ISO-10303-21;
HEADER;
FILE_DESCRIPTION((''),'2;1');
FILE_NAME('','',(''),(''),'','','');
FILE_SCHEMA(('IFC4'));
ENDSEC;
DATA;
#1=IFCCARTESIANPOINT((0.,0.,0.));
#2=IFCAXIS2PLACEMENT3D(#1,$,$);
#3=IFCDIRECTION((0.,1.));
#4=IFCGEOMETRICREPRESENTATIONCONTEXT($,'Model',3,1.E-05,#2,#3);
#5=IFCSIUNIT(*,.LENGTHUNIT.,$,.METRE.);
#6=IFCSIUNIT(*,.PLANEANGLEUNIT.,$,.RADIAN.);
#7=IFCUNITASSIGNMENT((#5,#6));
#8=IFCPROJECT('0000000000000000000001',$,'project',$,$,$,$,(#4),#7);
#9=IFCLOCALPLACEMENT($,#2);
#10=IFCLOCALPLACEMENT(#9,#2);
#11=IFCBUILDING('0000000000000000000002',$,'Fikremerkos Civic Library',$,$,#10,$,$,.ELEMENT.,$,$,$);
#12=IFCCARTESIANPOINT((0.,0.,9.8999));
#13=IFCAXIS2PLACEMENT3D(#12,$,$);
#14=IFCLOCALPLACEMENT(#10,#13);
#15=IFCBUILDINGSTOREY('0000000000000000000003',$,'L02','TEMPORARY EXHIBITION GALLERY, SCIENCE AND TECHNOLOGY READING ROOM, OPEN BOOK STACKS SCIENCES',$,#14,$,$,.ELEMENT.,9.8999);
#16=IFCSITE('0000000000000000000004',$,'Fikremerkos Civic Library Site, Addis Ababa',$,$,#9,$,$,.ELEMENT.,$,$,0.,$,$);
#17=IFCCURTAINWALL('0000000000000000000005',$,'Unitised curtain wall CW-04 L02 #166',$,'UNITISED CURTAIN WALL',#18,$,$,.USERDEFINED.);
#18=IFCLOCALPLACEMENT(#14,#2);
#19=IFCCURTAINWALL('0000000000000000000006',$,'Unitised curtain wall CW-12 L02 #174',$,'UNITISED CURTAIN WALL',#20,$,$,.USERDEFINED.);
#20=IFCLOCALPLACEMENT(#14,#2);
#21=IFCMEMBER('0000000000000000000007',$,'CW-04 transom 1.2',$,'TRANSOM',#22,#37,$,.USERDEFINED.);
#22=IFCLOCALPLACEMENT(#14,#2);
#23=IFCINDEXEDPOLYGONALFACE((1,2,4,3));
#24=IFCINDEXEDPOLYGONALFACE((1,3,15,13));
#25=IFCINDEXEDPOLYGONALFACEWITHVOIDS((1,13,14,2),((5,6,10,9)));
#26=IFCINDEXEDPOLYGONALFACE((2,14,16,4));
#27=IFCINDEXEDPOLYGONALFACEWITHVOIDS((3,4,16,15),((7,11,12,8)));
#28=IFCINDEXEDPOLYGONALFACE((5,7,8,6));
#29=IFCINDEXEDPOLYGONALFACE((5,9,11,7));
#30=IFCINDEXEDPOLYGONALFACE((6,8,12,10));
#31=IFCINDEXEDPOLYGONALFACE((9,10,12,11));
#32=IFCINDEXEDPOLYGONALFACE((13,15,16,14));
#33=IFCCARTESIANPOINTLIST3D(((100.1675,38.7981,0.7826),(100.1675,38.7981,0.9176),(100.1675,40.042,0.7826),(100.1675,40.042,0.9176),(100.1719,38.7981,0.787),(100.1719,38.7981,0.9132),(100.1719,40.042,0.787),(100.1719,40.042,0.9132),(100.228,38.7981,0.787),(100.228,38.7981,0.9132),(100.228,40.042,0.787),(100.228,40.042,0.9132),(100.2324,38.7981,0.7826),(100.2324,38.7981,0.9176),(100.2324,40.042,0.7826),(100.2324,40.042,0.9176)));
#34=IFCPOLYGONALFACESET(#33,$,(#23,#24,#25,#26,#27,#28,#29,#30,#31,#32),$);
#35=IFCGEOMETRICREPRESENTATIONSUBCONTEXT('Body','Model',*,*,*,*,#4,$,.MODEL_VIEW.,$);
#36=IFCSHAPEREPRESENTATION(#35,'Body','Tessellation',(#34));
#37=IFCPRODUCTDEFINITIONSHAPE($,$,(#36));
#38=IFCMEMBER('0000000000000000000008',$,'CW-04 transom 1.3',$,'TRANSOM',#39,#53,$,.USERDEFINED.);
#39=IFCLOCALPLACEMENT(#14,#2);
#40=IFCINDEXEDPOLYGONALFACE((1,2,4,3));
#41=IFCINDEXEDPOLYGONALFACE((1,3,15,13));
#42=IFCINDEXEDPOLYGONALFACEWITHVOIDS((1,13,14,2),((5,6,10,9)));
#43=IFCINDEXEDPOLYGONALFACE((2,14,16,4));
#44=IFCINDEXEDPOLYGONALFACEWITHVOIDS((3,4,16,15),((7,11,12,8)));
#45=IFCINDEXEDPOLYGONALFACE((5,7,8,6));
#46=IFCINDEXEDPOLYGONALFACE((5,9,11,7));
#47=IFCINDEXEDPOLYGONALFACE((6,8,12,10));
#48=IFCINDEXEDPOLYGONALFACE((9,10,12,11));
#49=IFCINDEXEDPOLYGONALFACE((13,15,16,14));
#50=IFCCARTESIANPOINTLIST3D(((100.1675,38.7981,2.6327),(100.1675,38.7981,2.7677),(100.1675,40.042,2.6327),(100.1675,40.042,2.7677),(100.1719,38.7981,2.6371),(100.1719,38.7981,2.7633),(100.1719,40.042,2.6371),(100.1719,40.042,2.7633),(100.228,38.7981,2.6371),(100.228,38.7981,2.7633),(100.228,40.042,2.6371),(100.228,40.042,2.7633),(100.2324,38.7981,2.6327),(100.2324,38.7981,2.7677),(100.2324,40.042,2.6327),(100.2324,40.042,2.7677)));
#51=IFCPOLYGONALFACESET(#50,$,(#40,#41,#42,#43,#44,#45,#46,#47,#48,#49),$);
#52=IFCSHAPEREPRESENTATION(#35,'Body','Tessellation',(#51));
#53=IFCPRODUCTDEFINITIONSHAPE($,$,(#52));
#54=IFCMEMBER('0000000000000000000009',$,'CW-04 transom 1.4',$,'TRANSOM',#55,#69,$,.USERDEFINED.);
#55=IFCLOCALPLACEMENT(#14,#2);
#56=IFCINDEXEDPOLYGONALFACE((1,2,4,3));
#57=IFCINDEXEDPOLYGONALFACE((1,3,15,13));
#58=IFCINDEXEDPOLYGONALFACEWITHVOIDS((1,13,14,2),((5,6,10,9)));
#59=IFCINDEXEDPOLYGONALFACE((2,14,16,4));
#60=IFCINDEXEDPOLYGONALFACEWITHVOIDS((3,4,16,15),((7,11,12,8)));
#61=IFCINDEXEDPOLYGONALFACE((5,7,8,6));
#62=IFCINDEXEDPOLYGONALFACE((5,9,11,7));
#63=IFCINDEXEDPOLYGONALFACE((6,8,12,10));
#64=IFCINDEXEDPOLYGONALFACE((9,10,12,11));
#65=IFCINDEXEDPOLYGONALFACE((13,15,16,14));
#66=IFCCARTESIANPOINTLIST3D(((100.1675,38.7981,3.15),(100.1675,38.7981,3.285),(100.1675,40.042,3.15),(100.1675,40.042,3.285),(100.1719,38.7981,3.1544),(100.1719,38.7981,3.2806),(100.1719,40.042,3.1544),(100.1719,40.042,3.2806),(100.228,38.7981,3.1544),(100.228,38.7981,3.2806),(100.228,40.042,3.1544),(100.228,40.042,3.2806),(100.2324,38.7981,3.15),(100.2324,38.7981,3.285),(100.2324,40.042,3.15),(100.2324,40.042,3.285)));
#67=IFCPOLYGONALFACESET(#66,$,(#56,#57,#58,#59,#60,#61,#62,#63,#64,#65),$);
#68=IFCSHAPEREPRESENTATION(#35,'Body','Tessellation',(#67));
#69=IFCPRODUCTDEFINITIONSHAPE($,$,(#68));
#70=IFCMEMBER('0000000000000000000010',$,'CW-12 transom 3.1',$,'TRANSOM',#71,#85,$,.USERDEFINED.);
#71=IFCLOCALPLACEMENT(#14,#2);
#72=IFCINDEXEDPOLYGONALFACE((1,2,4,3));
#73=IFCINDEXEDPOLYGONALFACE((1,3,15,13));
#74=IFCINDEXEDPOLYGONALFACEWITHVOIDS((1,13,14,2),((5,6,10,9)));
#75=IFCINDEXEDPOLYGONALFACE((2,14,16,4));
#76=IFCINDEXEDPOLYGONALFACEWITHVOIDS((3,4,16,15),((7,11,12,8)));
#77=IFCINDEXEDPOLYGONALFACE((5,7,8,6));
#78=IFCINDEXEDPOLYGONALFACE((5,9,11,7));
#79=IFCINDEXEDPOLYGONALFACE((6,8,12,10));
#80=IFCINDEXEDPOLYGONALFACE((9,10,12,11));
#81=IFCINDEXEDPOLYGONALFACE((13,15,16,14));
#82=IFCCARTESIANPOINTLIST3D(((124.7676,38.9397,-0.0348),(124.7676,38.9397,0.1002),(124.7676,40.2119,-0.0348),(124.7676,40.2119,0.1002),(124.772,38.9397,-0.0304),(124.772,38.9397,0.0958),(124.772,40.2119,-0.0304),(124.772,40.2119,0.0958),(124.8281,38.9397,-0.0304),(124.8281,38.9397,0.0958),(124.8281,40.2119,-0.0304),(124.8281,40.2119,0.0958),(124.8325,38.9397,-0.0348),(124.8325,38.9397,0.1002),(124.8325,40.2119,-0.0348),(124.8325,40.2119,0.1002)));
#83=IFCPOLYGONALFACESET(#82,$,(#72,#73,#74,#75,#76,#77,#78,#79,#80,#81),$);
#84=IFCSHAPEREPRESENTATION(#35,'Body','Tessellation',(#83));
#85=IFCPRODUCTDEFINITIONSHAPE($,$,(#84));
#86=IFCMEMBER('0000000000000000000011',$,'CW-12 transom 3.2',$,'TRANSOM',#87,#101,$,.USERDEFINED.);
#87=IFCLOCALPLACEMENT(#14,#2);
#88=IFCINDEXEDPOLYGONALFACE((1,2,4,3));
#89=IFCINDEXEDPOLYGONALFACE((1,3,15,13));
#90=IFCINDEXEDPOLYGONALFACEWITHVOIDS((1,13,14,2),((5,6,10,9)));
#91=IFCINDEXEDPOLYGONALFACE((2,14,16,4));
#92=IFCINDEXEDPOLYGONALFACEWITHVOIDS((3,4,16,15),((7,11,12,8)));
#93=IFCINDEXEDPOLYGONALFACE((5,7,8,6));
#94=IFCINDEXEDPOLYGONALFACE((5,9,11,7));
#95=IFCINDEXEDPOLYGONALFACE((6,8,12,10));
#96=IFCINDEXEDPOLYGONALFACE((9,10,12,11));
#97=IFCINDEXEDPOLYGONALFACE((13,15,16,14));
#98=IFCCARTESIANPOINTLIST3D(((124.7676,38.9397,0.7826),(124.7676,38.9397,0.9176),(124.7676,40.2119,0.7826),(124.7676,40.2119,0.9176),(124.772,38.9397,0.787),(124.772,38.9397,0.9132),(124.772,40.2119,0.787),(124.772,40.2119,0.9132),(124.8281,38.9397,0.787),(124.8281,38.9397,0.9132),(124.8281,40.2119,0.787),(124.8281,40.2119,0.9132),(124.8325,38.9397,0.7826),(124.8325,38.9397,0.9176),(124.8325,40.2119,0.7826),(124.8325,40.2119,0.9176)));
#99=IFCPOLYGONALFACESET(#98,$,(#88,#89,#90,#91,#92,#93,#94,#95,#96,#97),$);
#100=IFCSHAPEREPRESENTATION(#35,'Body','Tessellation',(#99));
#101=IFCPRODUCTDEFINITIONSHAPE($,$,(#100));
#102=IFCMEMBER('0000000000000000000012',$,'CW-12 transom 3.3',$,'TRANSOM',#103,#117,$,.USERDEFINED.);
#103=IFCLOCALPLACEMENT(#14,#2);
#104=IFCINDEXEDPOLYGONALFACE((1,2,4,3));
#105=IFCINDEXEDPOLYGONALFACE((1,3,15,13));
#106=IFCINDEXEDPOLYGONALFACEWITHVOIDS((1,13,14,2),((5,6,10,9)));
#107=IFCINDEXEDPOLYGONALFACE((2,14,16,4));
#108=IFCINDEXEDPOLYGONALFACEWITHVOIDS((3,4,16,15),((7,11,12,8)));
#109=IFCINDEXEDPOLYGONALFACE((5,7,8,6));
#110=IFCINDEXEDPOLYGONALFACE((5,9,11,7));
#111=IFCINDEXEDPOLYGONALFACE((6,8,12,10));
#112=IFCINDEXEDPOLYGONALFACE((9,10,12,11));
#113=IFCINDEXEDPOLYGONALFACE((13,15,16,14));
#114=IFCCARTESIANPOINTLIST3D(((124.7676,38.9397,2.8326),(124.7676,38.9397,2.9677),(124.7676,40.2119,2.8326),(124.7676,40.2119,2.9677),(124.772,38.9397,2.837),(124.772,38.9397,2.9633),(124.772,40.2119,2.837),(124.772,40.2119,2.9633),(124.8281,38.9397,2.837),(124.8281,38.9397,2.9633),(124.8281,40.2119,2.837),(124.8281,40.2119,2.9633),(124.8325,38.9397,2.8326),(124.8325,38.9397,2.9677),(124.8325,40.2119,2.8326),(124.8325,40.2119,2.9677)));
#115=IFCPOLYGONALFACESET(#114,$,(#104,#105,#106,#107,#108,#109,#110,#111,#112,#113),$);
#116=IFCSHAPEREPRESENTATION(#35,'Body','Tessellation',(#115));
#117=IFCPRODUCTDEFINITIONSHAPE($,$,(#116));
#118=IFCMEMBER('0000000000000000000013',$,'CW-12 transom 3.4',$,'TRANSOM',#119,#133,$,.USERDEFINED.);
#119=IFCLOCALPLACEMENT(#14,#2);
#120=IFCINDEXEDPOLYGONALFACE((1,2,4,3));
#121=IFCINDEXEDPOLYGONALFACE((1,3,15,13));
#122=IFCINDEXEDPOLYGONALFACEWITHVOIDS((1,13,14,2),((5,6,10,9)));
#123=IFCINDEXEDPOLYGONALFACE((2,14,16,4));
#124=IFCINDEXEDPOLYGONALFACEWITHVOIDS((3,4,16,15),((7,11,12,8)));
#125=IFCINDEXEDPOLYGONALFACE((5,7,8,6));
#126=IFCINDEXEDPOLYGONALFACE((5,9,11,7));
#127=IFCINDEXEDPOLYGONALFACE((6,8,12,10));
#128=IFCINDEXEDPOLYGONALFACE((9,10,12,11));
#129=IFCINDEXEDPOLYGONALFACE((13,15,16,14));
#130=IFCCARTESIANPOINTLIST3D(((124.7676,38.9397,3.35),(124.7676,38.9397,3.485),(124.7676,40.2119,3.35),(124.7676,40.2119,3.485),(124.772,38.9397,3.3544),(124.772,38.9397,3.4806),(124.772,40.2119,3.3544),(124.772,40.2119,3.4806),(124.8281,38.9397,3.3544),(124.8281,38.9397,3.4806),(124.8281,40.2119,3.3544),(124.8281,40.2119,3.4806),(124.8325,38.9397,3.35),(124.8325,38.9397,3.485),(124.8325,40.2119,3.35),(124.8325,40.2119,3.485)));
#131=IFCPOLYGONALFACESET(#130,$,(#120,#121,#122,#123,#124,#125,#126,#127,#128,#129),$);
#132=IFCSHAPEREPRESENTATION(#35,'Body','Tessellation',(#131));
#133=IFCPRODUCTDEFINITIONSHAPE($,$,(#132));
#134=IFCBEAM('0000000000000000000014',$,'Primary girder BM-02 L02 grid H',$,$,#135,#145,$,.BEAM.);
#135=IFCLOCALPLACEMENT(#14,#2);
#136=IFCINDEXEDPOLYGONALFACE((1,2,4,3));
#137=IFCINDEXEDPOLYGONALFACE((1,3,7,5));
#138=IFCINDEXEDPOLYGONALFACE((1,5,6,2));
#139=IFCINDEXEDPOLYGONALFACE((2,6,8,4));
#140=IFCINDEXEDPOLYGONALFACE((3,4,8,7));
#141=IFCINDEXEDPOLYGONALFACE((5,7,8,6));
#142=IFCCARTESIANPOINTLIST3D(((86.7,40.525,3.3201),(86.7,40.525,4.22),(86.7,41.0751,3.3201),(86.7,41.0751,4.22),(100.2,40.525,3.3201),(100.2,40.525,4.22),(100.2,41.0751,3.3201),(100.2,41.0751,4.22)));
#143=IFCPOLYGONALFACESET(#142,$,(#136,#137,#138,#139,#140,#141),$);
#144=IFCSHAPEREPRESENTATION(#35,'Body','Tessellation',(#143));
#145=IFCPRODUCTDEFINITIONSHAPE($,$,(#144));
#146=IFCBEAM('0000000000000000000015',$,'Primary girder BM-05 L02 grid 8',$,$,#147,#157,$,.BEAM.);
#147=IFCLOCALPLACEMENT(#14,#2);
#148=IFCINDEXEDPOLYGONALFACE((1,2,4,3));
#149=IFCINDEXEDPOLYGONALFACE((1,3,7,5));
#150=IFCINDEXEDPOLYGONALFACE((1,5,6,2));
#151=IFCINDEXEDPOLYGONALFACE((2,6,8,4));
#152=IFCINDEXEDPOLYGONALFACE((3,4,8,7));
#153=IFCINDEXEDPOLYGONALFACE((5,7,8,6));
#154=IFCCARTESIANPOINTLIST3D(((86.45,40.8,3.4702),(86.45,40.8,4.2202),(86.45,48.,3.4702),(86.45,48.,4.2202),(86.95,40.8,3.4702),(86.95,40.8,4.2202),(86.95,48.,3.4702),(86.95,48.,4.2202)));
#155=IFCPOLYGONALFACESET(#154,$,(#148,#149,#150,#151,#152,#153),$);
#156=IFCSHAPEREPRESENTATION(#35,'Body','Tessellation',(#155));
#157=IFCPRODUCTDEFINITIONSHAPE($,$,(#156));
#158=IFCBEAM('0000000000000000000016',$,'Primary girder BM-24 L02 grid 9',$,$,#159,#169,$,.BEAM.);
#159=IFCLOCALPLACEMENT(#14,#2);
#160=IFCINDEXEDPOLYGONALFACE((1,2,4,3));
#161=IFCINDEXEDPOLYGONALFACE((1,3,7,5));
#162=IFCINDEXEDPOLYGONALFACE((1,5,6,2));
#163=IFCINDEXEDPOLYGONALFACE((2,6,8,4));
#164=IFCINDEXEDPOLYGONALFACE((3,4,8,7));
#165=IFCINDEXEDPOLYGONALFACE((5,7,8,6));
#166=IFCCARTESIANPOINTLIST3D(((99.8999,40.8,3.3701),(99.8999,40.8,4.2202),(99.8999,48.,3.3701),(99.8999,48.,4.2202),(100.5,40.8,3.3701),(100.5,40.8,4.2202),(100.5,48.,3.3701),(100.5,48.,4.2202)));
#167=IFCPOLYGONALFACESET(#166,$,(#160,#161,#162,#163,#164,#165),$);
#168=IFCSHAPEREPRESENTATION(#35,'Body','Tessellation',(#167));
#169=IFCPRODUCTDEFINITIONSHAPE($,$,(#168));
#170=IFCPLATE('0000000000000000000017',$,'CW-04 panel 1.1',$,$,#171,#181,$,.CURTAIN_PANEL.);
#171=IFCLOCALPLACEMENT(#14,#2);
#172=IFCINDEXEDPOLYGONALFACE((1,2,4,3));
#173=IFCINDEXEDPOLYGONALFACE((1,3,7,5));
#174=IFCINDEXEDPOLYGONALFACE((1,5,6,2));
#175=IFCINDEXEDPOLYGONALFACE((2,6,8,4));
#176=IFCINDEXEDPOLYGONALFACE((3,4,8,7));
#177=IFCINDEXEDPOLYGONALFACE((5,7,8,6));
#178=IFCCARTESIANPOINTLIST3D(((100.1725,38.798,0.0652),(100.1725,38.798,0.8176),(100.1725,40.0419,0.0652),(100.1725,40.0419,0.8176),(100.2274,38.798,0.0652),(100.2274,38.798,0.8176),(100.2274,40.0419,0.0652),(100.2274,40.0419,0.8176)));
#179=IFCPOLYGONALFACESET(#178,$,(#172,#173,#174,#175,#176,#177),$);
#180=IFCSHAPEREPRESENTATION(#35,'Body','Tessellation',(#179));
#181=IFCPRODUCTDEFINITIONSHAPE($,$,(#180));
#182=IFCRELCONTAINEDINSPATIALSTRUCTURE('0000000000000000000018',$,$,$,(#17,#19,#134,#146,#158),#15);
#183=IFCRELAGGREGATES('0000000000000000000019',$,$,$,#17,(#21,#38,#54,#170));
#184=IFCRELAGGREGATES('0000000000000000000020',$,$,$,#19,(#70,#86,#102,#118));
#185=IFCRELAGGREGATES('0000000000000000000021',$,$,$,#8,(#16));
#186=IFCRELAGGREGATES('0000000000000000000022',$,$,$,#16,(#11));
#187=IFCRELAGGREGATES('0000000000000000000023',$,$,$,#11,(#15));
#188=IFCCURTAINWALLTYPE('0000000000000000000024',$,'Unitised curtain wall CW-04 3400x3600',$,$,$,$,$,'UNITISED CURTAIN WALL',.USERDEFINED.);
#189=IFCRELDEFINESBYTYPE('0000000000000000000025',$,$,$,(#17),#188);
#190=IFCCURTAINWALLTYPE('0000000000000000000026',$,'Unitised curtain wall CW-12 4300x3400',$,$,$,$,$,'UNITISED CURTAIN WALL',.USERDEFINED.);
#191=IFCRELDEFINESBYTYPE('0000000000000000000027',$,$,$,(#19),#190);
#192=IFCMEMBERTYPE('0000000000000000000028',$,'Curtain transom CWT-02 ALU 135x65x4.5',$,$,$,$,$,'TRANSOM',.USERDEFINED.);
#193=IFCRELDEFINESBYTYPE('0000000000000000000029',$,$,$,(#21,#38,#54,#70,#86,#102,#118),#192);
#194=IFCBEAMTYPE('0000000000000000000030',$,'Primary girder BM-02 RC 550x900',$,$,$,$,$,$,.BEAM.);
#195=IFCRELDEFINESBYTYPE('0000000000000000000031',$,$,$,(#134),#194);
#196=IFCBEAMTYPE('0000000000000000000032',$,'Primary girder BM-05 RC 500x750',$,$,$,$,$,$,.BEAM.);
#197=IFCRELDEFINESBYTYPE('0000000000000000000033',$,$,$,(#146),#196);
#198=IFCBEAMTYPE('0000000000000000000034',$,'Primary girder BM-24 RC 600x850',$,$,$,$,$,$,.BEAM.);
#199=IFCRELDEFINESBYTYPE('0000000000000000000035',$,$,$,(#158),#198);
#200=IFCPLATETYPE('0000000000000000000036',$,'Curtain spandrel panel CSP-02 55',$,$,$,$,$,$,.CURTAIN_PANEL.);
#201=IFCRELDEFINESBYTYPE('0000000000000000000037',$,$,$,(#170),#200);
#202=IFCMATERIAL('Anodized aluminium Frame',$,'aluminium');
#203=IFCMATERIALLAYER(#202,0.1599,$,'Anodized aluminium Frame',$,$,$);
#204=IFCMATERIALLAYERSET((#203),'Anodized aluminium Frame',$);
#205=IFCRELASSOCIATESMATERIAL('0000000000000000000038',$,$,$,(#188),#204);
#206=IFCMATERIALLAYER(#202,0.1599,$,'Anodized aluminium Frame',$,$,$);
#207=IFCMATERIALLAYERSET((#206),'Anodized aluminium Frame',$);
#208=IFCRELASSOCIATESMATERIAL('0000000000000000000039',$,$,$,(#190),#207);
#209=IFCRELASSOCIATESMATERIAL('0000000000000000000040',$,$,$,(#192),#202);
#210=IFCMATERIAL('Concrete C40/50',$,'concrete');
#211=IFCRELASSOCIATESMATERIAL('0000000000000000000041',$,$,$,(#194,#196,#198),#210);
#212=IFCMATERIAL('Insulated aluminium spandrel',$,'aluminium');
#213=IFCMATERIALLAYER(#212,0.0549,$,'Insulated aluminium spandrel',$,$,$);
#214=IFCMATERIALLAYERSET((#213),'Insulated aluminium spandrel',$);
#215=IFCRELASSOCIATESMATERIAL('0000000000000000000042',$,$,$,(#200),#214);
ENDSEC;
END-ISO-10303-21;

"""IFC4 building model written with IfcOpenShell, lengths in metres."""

from ifc_helpers import new_model, si_unit, direction, frame, origin, origin_2d, place, context, subcontext, project, spatial, rectangle, hollow_rectangle, extrude, material, layer, layer_set, material_profile, profile_set, type_object, element, aggregate, save


model = new_model("IFC4")

# Units and contexts
model_context = context("Model", 3, precision=1e-05, world=origin(), true_north=direction((0.0, 1.0)))
body_context = subcontext(model_context, "Body", "Model", "MODEL_VIEW")
ifc_project = project(units=[si_unit("LENGTHUNIT", "METRE"), si_unit("PLANEANGLEUNIT", "RADIAN")], contexts=[model_context])

# Site, building, storey
site_placement = place(None, origin())
site = spatial("IfcSite", under=ifc_project, at=site_placement, Name="Fikremerkos Civic Library Site, Addis Ababa", CompositionType="ELEMENT", RefElevation=0.0)
building_placement = place(site_placement, origin())
building = spatial("IfcBuilding", under=site, at=building_placement, Name="Fikremerkos Civic Library", CompositionType="ELEMENT")
storey_placement = place(building_placement, frame((0.0, 0.0, 9.8999)))
storey = spatial("IfcBuildingStorey", under=building, at=storey_placement, Name="L02", Description="TEMPORARY EXHIBITION GALLERY, SCIENCE AND TECHNOLOGY READING ROOM, OPEN BOOK STACKS SCIENCES", CompositionType="ELEMENT", Elevation=9.8999)

# Shared definitions
ifc_material_1 = material(Name="Concrete C40/50", Category="concrete")

# Curtain wall
ifc_material_2 = material(Name="Anodized aluminium Frame", Category="aluminium")
ifc_layer_1 = layer(ifc_material_2, 0.1599, Name="Anodized aluminium Frame")
ifc_layer_set_1 = layer_set([ifc_layer_1], Name="Anodized aluminium Frame")
curtain_wall_type_1 = type_object("IfcCurtainWallType", Name="Unitised curtain wall CW-04 3400x3600", ElementType="UNITISED CURTAIN WALL", PredefinedType="USERDEFINED", material=ifc_layer_set_1)
curtain_wall_1_placement = place(storey_placement, origin())
curtain_wall_1 = element("IfcCurtainWall", 1, at=curtain_wall_1_placement, inside=storey, type_object=curtain_wall_type_1, Name="Unitised curtain wall CW-04 L02 #166", ObjectType="UNITISED CURTAIN WALL", PredefinedType="USERDEFINED")

# Curtain wall
ifc_layer_2 = layer(ifc_material_2, 0.1599, Name="Anodized aluminium Frame")
ifc_layer_set_2 = layer_set([ifc_layer_2], Name="Anodized aluminium Frame")
curtain_wall_type_2 = type_object("IfcCurtainWallType", Name="Unitised curtain wall CW-12 4300x3400", ElementType="UNITISED CURTAIN WALL", PredefinedType="USERDEFINED", material=ifc_layer_set_2)
curtain_wall_2_placement = place(storey_placement, origin())
curtain_wall_2 = element("IfcCurtainWall", 2, at=curtain_wall_2_placement, inside=storey, type_object=curtain_wall_type_2, Name="Unitised curtain wall CW-12 L02 #174", ObjectType="UNITISED CURTAIN WALL", PredefinedType="USERDEFINED")

# Members
ifc_material_profile_1 = material_profile(ifc_material_2, hollow_rectangle(XDim=0.0649, YDim=0.135, WallThickness=0.0044, at=origin_2d()), Name="ALU 135x65x4.5")
ifc_profile_set_1 = profile_set([ifc_material_profile_1], Name="Anodized aluminium Frame")
member_type_1 = type_object("IfcMemberType", Name="Curtain transom CWT-02 ALU 135x65x4.5", ElementType="TRANSOM", PredefinedType="USERDEFINED", material=ifc_profile_set_1)
member_1_placement = place(storey_placement, frame((100.2, 40.042, 0.8501), z_axis=(0.0, -1.0, 0.0), x_axis=(1.0, 0.0, 0.0)))
member_1 = element("IfcMember", 3, at=member_1_placement, type_object=member_type_1, Name="CW-04 transom 1.2", ObjectType="TRANSOM", PredefinedType="USERDEFINED", context=body_context, shape_type="SweptSolid", body=[
    extrude(hollow_rectangle(XDim=0.0649, YDim=0.135, WallThickness=0.0044, at=origin_2d()), origin(), (0.0, 0.0, 1.0), 1.2439),
])
member_2_placement = place(storey_placement, frame((100.2, 40.042, 2.7002), z_axis=(0.0, -1.0, 0.0), x_axis=(1.0, 0.0, 0.0)))
member_2 = element("IfcMember", 4, at=member_2_placement, type_object=member_type_1, Name="CW-04 transom 1.3", ObjectType="TRANSOM", PredefinedType="USERDEFINED", context=body_context, shape_type="SweptSolid", body=[
    extrude(hollow_rectangle(XDim=0.0649, YDim=0.135, WallThickness=0.0044, at=origin_2d()), origin(), (0.0, 0.0, 1.0), 1.2439),
])
member_3_placement = place(storey_placement, frame((100.2, 40.042, 3.2175), z_axis=(0.0, -1.0, 0.0), x_axis=(1.0, 0.0, 0.0)))
member_3 = element("IfcMember", 5, at=member_3_placement, type_object=member_type_1, Name="CW-04 transom 1.4", ObjectType="TRANSOM", PredefinedType="USERDEFINED", context=body_context, shape_type="SweptSolid", body=[
    extrude(hollow_rectangle(XDim=0.0649, YDim=0.135, WallThickness=0.0044, at=origin_2d()), origin(), (0.0, 0.0, 1.0), 1.2439),
])
member_4_placement = place(storey_placement, frame((124.8, 38.9397, 0.0327), z_axis=(0.0, 1.0, 0.0), x_axis=(-1.0, 0.0, 0.0)))
member_4 = element("IfcMember", 6, at=member_4_placement, type_object=member_type_1, Name="CW-12 transom 3.1", ObjectType="TRANSOM", PredefinedType="USERDEFINED", context=body_context, shape_type="SweptSolid", body=[
    extrude(hollow_rectangle(XDim=0.0649, YDim=0.135, WallThickness=0.0044, at=origin_2d()), origin(), (0.0, 0.0, 1.0), 1.2722),
])
member_5_placement = place(storey_placement, frame((124.8, 38.9397, 0.8501), z_axis=(0.0, 1.0, 0.0), x_axis=(-1.0, 0.0, 0.0)))
member_5 = element("IfcMember", 7, at=member_5_placement, type_object=member_type_1, Name="CW-12 transom 3.2", ObjectType="TRANSOM", PredefinedType="USERDEFINED", context=body_context, shape_type="SweptSolid", body=[
    extrude(hollow_rectangle(XDim=0.0649, YDim=0.135, WallThickness=0.0044, at=origin_2d()), origin(), (0.0, 0.0, 1.0), 1.2722),
])
member_6_placement = place(storey_placement, frame((124.8, 38.9397, 2.9001), z_axis=(0.0, 1.0, 0.0), x_axis=(-1.0, 0.0, 0.0)))
member_6 = element("IfcMember", 8, at=member_6_placement, type_object=member_type_1, Name="CW-12 transom 3.3", ObjectType="TRANSOM", PredefinedType="USERDEFINED", context=body_context, shape_type="SweptSolid", body=[
    extrude(hollow_rectangle(XDim=0.0649, YDim=0.135, WallThickness=0.0044, at=origin_2d()), origin(), (0.0, 0.0, 1.0), 1.2722),
])
member_7_placement = place(storey_placement, frame((124.8, 38.9397, 3.4175), z_axis=(0.0, 1.0, 0.0), x_axis=(-1.0, 0.0, 0.0)))
member_7 = element("IfcMember", 9, at=member_7_placement, type_object=member_type_1, Name="CW-12 transom 3.4", ObjectType="TRANSOM", PredefinedType="USERDEFINED", context=body_context, shape_type="SweptSolid", body=[
    extrude(hollow_rectangle(XDim=0.0649, YDim=0.135, WallThickness=0.0044, at=origin_2d()), origin(), (0.0, 0.0, 1.0), 1.2722),
])

# Beams
ifc_material_profile_2 = material_profile(ifc_material_1, rectangle(XDim=0.55, YDim=0.8999, at=origin_2d()), Name="RC 550x900")
ifc_profile_set_2 = profile_set([ifc_material_profile_2], Name="Concrete C40/50")
beam_type_1 = type_object("IfcBeamType", Name="Primary girder BM-02 RC 550x900", PredefinedType="BEAM", material=ifc_profile_set_2)
beam_1_placement = place(storey_placement, frame((86.7, 40.8, 3.77), z_axis=(1.0, 0.0, 0.0), x_axis=(0.0, 1.0, 0.0)))
element("IfcBeam", 10, at=beam_1_placement, inside=storey, type_object=beam_type_1, Name="Primary girder BM-02 L02 grid H", PredefinedType="BEAM", context=body_context, shape_type="SweptSolid", body=[
    extrude(rectangle(XDim=0.55, YDim=0.8999, at=origin_2d()), origin(), (0.0, 0.0, 1.0), 13.5),
])
ifc_material_profile_3 = material_profile(ifc_material_1, rectangle(XDim=0.5, YDim=0.75, at=origin_2d()), Name="RC 500x750")
ifc_profile_set_3 = profile_set([ifc_material_profile_3], Name="Concrete C40/50")
beam_type_2 = type_object("IfcBeamType", Name="Primary girder BM-05 RC 500x750", PredefinedType="BEAM", material=ifc_profile_set_3)
beam_2_placement = place(storey_placement, frame((86.7, 40.8, 3.8452), z_axis=(0.0, 1.0, 0.0), x_axis=(-1.0, 0.0, 0.0)))
element("IfcBeam", 11, at=beam_2_placement, inside=storey, type_object=beam_type_2, Name="Primary girder BM-05 L02 grid 8", PredefinedType="BEAM", context=body_context, shape_type="SweptSolid", body=[
    extrude(rectangle(XDim=0.5, YDim=0.75, at=origin_2d()), origin(), (0.0, 0.0, 1.0), 7.2),
])
ifc_material_profile_4 = material_profile(ifc_material_1, rectangle(XDim=0.6001, YDim=0.8501, at=origin_2d()), Name="RC 600x850")
ifc_profile_set_4 = profile_set([ifc_material_profile_4], Name="Concrete C40/50")
beam_type_3 = type_object("IfcBeamType", Name="Primary girder BM-24 RC 600x850", PredefinedType="BEAM", material=ifc_profile_set_4)
beam_3_placement = place(storey_placement, frame((100.2, 40.8, 3.7952), z_axis=(0.0, 1.0, 0.0), x_axis=(-1.0, 0.0, 0.0)))
element("IfcBeam", 12, at=beam_3_placement, inside=storey, type_object=beam_type_3, Name="Primary girder BM-24 L02 grid 9", PredefinedType="BEAM", context=body_context, shape_type="SweptSolid", body=[
    extrude(rectangle(XDim=0.6001, YDim=0.8501, at=origin_2d()), origin(), (0.0, 0.0, 1.0), 7.2),
])

# Plate
ifc_material_3 = material(Name="Insulated aluminium spandrel", Category="aluminium")
ifc_layer_3 = layer(ifc_material_3, 0.0549, Name="Insulated aluminium spandrel")
ifc_layer_set_3 = layer_set([ifc_layer_3], Name="Insulated aluminium spandrel")
plate_type = type_object("IfcPlateType", Name="Curtain spandrel panel CSP-02 55", PredefinedType="CURTAIN_PANEL", material=ifc_layer_set_3)
plate_1_placement = place(storey_placement, frame((100.2, 39.4199, 0.0652), z_axis=(0.0, 0.0, 1.0), x_axis=(0.0, -1.0, 0.0)))
plate_1 = element("IfcPlate", 13, at=plate_1_placement, type_object=plate_type, Name="CW-04 panel 1.1", PredefinedType="CURTAIN_PANEL", context=body_context, shape_type="SweptSolid", body=[
    extrude(rectangle(XDim=1.2439, YDim=0.0549, at=origin_2d()), origin(), (0.0, 0.0, 1.0), 0.7524),
])
aggregate(curtain_wall_1, [member_1, member_2, member_3, plate_1])
aggregate(curtain_wall_2, [member_4, member_5, member_6, member_7])

save(model, "model.ifc")
